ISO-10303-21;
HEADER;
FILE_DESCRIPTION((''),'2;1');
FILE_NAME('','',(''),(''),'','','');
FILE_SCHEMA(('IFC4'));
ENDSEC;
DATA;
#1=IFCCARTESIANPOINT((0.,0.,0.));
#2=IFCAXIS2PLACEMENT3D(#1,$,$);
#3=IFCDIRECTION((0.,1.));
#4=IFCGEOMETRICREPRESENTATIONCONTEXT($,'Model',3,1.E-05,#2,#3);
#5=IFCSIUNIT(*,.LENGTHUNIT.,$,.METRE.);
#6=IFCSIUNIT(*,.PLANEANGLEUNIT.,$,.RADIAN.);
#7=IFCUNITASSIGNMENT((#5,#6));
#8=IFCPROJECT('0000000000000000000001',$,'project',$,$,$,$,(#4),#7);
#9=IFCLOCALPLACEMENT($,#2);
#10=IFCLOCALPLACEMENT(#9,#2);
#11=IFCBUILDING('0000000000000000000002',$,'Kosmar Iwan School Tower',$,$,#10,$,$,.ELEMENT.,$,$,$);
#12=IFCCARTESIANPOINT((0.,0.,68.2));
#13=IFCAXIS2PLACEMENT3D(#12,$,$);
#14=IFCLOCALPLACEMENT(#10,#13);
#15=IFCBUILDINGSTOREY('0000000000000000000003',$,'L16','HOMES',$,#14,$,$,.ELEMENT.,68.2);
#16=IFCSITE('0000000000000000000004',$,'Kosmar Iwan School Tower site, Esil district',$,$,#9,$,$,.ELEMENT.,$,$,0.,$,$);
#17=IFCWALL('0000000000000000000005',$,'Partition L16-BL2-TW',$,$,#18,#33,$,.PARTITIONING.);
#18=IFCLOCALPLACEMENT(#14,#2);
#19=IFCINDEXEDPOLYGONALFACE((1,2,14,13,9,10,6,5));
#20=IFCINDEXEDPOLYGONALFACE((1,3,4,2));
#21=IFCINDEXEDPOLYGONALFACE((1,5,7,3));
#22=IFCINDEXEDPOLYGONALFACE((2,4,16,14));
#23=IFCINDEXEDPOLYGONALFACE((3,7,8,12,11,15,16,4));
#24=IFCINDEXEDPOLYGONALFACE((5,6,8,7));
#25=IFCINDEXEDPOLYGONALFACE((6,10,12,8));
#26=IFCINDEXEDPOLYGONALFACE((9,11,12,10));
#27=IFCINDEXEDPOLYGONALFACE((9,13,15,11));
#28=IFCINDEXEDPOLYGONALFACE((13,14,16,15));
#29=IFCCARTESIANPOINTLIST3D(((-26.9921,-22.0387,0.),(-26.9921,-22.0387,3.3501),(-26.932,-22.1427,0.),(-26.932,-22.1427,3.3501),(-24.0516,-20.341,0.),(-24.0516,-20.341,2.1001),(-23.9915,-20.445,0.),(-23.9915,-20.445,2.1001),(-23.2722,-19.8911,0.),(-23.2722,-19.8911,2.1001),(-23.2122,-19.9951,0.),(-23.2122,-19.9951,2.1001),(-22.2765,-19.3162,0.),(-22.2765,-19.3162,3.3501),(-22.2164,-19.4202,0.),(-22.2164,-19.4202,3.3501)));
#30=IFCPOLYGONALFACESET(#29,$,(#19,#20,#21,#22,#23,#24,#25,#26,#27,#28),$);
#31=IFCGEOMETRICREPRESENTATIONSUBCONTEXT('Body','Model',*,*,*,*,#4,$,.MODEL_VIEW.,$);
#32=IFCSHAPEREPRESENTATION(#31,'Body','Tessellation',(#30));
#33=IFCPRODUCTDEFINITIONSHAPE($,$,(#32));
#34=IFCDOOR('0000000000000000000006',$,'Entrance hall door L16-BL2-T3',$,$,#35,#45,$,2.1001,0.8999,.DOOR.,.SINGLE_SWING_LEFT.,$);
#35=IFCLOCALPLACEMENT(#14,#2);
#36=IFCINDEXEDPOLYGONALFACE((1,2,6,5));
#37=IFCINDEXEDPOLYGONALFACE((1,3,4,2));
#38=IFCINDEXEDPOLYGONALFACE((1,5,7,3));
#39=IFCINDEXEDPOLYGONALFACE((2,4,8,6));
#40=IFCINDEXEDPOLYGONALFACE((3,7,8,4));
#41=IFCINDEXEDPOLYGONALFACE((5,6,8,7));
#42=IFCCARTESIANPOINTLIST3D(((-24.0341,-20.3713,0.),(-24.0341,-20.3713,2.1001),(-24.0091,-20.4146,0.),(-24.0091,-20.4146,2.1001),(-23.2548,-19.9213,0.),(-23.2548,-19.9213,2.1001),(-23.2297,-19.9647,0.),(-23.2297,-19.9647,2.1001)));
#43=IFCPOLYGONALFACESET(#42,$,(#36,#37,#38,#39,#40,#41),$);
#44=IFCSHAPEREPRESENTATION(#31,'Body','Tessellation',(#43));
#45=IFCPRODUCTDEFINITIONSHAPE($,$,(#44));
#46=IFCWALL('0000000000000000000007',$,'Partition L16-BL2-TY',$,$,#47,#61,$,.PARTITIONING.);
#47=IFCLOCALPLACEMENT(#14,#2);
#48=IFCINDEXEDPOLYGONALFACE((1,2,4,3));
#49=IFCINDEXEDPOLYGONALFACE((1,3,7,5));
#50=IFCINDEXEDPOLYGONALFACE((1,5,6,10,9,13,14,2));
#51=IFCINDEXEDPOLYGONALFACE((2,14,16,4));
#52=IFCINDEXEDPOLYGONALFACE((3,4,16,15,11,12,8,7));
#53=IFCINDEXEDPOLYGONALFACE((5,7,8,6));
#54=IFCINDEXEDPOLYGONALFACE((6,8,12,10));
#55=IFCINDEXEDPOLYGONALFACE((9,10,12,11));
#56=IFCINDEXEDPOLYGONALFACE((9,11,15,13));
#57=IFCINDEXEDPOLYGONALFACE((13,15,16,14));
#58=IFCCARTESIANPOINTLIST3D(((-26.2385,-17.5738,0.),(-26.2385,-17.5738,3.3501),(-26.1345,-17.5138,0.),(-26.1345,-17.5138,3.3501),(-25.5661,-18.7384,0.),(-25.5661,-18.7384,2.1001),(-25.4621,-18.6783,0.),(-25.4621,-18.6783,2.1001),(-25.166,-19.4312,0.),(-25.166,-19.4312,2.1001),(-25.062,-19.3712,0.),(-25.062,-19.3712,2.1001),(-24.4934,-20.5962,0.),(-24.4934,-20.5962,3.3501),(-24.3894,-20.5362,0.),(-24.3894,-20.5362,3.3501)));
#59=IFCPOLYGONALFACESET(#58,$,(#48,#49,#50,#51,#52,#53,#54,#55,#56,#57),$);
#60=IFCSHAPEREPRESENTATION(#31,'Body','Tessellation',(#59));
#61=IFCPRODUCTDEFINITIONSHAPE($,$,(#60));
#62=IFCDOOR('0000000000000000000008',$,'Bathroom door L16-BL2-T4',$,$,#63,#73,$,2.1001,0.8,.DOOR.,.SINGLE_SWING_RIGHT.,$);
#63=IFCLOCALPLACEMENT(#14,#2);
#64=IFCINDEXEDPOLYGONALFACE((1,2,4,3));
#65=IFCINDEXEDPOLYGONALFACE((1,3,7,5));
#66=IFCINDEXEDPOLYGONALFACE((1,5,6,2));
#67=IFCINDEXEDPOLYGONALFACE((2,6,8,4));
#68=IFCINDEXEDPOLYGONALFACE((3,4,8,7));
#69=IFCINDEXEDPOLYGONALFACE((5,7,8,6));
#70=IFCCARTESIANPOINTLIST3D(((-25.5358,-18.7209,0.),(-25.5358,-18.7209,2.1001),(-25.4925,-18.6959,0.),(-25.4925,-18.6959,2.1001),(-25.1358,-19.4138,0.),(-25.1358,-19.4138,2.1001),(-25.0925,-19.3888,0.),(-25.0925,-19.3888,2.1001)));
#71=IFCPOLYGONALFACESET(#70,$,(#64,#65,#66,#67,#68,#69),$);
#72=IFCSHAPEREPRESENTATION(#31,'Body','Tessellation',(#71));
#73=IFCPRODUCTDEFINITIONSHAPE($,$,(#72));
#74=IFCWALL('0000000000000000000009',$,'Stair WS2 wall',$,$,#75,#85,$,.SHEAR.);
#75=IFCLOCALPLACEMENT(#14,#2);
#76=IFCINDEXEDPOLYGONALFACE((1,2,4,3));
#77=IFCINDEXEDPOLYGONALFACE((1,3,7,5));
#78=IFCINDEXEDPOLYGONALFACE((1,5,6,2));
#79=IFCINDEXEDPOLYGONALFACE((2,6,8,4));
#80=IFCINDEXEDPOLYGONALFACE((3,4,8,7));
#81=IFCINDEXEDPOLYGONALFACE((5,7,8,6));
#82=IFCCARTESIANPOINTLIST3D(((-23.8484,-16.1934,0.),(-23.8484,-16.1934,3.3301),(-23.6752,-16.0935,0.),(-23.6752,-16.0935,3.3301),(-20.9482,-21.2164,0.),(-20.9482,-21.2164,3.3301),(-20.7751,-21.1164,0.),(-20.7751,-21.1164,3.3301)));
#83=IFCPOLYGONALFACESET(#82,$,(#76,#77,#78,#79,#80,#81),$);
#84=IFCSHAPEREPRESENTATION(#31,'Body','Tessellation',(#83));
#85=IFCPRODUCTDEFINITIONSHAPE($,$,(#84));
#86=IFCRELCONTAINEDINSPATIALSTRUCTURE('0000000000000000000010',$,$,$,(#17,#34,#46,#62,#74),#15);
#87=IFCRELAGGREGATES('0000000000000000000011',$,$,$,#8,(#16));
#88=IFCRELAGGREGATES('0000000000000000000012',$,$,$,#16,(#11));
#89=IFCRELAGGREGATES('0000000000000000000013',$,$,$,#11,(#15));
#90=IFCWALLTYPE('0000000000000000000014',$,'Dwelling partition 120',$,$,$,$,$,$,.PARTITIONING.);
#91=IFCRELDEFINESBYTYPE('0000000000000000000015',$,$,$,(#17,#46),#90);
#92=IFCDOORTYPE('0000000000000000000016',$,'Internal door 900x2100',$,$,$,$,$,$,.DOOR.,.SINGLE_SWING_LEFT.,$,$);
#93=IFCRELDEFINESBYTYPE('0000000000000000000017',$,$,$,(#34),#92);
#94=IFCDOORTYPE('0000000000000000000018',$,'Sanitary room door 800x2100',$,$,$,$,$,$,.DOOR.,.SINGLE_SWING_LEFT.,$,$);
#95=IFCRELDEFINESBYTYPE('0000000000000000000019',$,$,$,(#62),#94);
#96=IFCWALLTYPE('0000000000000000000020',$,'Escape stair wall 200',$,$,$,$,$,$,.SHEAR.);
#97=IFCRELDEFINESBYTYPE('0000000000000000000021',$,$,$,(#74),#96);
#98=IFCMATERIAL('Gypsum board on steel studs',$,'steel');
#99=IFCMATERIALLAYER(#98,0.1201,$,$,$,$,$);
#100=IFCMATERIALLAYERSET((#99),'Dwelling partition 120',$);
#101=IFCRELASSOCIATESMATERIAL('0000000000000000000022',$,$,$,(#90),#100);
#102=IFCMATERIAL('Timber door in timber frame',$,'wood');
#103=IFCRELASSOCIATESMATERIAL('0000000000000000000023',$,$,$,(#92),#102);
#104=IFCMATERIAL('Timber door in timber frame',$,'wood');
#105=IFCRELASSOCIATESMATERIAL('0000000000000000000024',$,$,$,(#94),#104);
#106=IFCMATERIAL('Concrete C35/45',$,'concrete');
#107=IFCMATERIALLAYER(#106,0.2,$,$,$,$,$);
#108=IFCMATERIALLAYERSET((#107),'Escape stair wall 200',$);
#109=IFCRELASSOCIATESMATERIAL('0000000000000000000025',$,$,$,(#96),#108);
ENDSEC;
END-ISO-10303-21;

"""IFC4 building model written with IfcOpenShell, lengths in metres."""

from ifc_helpers import new_model, si_unit, direction, frame, frame_2d, origin, place, context, subcontext, project, spatial, rectangle, extrude, material, layer, layer_set, type_object, element, fill, save


model = new_model("IFC4")

# Units and contexts
model_context = context("Model", 3, precision=1e-05, world=origin(), true_north=direction((0.0, 1.0)))
body_context = subcontext(model_context, "Body", "Model", "MODEL_VIEW")
ifc_project = project(units=[si_unit("LENGTHUNIT", "METRE"), si_unit("PLANEANGLEUNIT", "RADIAN")], contexts=[model_context])

# Site, building, storey
site_placement = place(None, origin())
site = spatial("IfcSite", under=ifc_project, at=site_placement, Name="Kosmar Iwan School Tower site, Esil district", CompositionType="ELEMENT", RefElevation=0.0)
building_placement = place(site_placement, origin())
building = spatial("IfcBuilding", under=site, at=building_placement, Name="Kosmar Iwan School Tower", CompositionType="ELEMENT")
storey_placement = place(building_placement, frame((0.0, 0.0, 68.2)))
storey = spatial("IfcBuildingStorey", under=building, at=storey_placement, Name="L16", Description="HOMES", CompositionType="ELEMENT", Elevation=68.2)

# Walls, openings, doors
ifc_material_1 = material(Name="Gypsum board on steel studs", Category="steel")
ifc_layer_1 = layer(ifc_material_1, 0.1201)
ifc_layer_set_1 = layer_set([ifc_layer_1], Name="Dwelling partition 120")
wall_type_1 = type_object("IfcWallType", Name="Dwelling partition 120", PredefinedType="PARTITIONING", material=ifc_layer_set_1)
ifc_material_2 = material(Name="Timber door in timber frame", Category="wood")
door_type_1 = type_object("IfcDoorType", Name="Internal door 900x2100", OperationType="SINGLE_SWING_LEFT", PredefinedType="DOOR", material=ifc_material_2)
wall_1_placement = place(storey_placement, frame((-22.2463, -19.3682, 0.0), z_axis=(0.0, 0.0, 1.0), x_axis=(-0.866036, -0.499982, 0.0)))
wall_1 = element("IfcWall", 1, at=wall_1_placement, inside=storey, type_object=wall_type_1, Name="Partition L16-BL2-TW", PredefinedType="PARTITIONING", context=body_context, shape_type="SweptSolid", body=[
    extrude(rectangle(XDim=5.4451, YDim=0.1201, at=frame_2d((2.7227, 0.0))), origin(), (0.0, 0.0, 1.0), 3.3501),
])
opening_1_placement = place(wall_1_placement, frame((1.1499, 0.0, 0.0)))
opening_1 = element("IfcOpeningElement", 2, at=opening_1_placement, cuts=wall_1, PredefinedType="OPENING", context=body_context, shape_type="SweptSolid", body=[
    extrude(rectangle(XDim=0.8999, YDim=2.1001, at=frame_2d((0.45, 1.05))), frame((0.0, 0.072, 0.0), z_axis=(0.0, -1.0, 0.0), x_axis=(1.0, 0.0, 0.0)), (0.0, 0.0, 1.0), 0.144),
])
door_1_placement = place(opening_1_placement, origin())
door_1 = element("IfcDoor", 3, at=door_1_placement, inside=storey, type_object=door_type_1, Name="Entrance hall door L16-BL2-T3", OperationType="SINGLE_SWING_LEFT", OverallHeight=2.1001, OverallWidth=0.8999, PredefinedType="DOOR", context=body_context, shape_type="SweptSolid", body=[
    extrude(rectangle(XDim=0.8999, YDim=2.1001, at=frame_2d((0.45, 1.05))), frame((0.0, 0.0249, 0.0), z_axis=(0.0, -1.0, 0.0), x_axis=(1.0, 0.0, 0.0)), (0.0, 0.0, 1.0), 0.05),
])
fill(opening_1, door_1)
wall_2_placement = place(storey_placement, frame((-26.1865, -17.5437, 0.0), z_axis=(0.0, 0.0, 1.0), x_axis=(0.500021, -0.866013, 0.0)))
wall_2 = element("IfcWall", 4, at=wall_2_placement, inside=storey, type_object=wall_type_1, Name="Partition L16-BL2-TY", PredefinedType="PARTITIONING", context=body_context, shape_type="SweptSolid", body=[
    extrude(rectangle(XDim=3.49, YDim=0.1201, at=frame_2d((1.7451, 0.0))), origin(), (0.0, 0.0, 1.0), 3.3501),
])
opening_2_placement = place(wall_2_placement, frame((1.345, 0.0, 0.0)))
opening_2 = element("IfcOpeningElement", 5, at=opening_2_placement, cuts=wall_2, PredefinedType="OPENING", context=body_context, shape_type="SweptSolid", body=[
    extrude(rectangle(XDim=0.8, YDim=2.1001, at=frame_2d((0.3999, 1.05))), frame((0.0, 0.072, 0.0), z_axis=(0.0, -1.0, 0.0), x_axis=(1.0, 0.0, 0.0)), (0.0, 0.0, 1.0), 0.144),
])
ifc_material_3 = material(Name="Timber door in timber frame", Category="wood")
door_type_2 = type_object("IfcDoorType", Name="Sanitary room door 800x2100", OperationType="SINGLE_SWING_LEFT", PredefinedType="DOOR", material=ifc_material_3)
door_2_placement = place(opening_2_placement, origin())
door_2 = element("IfcDoor", 6, at=door_2_placement, inside=storey, type_object=door_type_2, Name="Bathroom door L16-BL2-T4", OperationType="SINGLE_SWING_RIGHT", OverallHeight=2.1001, OverallWidth=0.8, PredefinedType="DOOR", context=body_context, shape_type="SweptSolid", body=[
    extrude(rectangle(XDim=0.8, YDim=2.1001, at=frame_2d((0.3999, 1.05))), frame((0.0, 0.0249, 0.0), z_axis=(0.0, -1.0, 0.0), x_axis=(1.0, 0.0, 0.0)), (0.0, 0.0, 1.0), 0.05),
])
fill(opening_2, door_2)

# Wall
ifc_material_4 = material(Name="Concrete C35/45", Category="concrete")
ifc_layer_2 = layer(ifc_material_4, 0.2)
ifc_layer_set_2 = layer_set([ifc_layer_2], Name="Escape stair wall 200")
wall_type_2 = type_object("IfcWallType", Name="Escape stair wall 200", PredefinedType="SHEAR", material=ifc_layer_set_2)
wall_3_placement = place(storey_placement, frame((-23.7617, -16.1436, 0.0), z_axis=(0.0, 0.0, 1.0), x_axis=(0.500019, -0.866015, 0.0)))
element("IfcWall", 7, at=wall_3_placement, inside=storey, type_object=wall_type_2, Name="Stair WS2 wall", PredefinedType="SHEAR", context=body_context, shape_type="SweptSolid", body=[
    extrude(rectangle(XDim=5.8, YDim=0.2, at=frame_2d((2.8999, 0.0))), origin(), (0.0, 0.0, 1.0), 3.3301),
])

save(model, "model.ifc")
